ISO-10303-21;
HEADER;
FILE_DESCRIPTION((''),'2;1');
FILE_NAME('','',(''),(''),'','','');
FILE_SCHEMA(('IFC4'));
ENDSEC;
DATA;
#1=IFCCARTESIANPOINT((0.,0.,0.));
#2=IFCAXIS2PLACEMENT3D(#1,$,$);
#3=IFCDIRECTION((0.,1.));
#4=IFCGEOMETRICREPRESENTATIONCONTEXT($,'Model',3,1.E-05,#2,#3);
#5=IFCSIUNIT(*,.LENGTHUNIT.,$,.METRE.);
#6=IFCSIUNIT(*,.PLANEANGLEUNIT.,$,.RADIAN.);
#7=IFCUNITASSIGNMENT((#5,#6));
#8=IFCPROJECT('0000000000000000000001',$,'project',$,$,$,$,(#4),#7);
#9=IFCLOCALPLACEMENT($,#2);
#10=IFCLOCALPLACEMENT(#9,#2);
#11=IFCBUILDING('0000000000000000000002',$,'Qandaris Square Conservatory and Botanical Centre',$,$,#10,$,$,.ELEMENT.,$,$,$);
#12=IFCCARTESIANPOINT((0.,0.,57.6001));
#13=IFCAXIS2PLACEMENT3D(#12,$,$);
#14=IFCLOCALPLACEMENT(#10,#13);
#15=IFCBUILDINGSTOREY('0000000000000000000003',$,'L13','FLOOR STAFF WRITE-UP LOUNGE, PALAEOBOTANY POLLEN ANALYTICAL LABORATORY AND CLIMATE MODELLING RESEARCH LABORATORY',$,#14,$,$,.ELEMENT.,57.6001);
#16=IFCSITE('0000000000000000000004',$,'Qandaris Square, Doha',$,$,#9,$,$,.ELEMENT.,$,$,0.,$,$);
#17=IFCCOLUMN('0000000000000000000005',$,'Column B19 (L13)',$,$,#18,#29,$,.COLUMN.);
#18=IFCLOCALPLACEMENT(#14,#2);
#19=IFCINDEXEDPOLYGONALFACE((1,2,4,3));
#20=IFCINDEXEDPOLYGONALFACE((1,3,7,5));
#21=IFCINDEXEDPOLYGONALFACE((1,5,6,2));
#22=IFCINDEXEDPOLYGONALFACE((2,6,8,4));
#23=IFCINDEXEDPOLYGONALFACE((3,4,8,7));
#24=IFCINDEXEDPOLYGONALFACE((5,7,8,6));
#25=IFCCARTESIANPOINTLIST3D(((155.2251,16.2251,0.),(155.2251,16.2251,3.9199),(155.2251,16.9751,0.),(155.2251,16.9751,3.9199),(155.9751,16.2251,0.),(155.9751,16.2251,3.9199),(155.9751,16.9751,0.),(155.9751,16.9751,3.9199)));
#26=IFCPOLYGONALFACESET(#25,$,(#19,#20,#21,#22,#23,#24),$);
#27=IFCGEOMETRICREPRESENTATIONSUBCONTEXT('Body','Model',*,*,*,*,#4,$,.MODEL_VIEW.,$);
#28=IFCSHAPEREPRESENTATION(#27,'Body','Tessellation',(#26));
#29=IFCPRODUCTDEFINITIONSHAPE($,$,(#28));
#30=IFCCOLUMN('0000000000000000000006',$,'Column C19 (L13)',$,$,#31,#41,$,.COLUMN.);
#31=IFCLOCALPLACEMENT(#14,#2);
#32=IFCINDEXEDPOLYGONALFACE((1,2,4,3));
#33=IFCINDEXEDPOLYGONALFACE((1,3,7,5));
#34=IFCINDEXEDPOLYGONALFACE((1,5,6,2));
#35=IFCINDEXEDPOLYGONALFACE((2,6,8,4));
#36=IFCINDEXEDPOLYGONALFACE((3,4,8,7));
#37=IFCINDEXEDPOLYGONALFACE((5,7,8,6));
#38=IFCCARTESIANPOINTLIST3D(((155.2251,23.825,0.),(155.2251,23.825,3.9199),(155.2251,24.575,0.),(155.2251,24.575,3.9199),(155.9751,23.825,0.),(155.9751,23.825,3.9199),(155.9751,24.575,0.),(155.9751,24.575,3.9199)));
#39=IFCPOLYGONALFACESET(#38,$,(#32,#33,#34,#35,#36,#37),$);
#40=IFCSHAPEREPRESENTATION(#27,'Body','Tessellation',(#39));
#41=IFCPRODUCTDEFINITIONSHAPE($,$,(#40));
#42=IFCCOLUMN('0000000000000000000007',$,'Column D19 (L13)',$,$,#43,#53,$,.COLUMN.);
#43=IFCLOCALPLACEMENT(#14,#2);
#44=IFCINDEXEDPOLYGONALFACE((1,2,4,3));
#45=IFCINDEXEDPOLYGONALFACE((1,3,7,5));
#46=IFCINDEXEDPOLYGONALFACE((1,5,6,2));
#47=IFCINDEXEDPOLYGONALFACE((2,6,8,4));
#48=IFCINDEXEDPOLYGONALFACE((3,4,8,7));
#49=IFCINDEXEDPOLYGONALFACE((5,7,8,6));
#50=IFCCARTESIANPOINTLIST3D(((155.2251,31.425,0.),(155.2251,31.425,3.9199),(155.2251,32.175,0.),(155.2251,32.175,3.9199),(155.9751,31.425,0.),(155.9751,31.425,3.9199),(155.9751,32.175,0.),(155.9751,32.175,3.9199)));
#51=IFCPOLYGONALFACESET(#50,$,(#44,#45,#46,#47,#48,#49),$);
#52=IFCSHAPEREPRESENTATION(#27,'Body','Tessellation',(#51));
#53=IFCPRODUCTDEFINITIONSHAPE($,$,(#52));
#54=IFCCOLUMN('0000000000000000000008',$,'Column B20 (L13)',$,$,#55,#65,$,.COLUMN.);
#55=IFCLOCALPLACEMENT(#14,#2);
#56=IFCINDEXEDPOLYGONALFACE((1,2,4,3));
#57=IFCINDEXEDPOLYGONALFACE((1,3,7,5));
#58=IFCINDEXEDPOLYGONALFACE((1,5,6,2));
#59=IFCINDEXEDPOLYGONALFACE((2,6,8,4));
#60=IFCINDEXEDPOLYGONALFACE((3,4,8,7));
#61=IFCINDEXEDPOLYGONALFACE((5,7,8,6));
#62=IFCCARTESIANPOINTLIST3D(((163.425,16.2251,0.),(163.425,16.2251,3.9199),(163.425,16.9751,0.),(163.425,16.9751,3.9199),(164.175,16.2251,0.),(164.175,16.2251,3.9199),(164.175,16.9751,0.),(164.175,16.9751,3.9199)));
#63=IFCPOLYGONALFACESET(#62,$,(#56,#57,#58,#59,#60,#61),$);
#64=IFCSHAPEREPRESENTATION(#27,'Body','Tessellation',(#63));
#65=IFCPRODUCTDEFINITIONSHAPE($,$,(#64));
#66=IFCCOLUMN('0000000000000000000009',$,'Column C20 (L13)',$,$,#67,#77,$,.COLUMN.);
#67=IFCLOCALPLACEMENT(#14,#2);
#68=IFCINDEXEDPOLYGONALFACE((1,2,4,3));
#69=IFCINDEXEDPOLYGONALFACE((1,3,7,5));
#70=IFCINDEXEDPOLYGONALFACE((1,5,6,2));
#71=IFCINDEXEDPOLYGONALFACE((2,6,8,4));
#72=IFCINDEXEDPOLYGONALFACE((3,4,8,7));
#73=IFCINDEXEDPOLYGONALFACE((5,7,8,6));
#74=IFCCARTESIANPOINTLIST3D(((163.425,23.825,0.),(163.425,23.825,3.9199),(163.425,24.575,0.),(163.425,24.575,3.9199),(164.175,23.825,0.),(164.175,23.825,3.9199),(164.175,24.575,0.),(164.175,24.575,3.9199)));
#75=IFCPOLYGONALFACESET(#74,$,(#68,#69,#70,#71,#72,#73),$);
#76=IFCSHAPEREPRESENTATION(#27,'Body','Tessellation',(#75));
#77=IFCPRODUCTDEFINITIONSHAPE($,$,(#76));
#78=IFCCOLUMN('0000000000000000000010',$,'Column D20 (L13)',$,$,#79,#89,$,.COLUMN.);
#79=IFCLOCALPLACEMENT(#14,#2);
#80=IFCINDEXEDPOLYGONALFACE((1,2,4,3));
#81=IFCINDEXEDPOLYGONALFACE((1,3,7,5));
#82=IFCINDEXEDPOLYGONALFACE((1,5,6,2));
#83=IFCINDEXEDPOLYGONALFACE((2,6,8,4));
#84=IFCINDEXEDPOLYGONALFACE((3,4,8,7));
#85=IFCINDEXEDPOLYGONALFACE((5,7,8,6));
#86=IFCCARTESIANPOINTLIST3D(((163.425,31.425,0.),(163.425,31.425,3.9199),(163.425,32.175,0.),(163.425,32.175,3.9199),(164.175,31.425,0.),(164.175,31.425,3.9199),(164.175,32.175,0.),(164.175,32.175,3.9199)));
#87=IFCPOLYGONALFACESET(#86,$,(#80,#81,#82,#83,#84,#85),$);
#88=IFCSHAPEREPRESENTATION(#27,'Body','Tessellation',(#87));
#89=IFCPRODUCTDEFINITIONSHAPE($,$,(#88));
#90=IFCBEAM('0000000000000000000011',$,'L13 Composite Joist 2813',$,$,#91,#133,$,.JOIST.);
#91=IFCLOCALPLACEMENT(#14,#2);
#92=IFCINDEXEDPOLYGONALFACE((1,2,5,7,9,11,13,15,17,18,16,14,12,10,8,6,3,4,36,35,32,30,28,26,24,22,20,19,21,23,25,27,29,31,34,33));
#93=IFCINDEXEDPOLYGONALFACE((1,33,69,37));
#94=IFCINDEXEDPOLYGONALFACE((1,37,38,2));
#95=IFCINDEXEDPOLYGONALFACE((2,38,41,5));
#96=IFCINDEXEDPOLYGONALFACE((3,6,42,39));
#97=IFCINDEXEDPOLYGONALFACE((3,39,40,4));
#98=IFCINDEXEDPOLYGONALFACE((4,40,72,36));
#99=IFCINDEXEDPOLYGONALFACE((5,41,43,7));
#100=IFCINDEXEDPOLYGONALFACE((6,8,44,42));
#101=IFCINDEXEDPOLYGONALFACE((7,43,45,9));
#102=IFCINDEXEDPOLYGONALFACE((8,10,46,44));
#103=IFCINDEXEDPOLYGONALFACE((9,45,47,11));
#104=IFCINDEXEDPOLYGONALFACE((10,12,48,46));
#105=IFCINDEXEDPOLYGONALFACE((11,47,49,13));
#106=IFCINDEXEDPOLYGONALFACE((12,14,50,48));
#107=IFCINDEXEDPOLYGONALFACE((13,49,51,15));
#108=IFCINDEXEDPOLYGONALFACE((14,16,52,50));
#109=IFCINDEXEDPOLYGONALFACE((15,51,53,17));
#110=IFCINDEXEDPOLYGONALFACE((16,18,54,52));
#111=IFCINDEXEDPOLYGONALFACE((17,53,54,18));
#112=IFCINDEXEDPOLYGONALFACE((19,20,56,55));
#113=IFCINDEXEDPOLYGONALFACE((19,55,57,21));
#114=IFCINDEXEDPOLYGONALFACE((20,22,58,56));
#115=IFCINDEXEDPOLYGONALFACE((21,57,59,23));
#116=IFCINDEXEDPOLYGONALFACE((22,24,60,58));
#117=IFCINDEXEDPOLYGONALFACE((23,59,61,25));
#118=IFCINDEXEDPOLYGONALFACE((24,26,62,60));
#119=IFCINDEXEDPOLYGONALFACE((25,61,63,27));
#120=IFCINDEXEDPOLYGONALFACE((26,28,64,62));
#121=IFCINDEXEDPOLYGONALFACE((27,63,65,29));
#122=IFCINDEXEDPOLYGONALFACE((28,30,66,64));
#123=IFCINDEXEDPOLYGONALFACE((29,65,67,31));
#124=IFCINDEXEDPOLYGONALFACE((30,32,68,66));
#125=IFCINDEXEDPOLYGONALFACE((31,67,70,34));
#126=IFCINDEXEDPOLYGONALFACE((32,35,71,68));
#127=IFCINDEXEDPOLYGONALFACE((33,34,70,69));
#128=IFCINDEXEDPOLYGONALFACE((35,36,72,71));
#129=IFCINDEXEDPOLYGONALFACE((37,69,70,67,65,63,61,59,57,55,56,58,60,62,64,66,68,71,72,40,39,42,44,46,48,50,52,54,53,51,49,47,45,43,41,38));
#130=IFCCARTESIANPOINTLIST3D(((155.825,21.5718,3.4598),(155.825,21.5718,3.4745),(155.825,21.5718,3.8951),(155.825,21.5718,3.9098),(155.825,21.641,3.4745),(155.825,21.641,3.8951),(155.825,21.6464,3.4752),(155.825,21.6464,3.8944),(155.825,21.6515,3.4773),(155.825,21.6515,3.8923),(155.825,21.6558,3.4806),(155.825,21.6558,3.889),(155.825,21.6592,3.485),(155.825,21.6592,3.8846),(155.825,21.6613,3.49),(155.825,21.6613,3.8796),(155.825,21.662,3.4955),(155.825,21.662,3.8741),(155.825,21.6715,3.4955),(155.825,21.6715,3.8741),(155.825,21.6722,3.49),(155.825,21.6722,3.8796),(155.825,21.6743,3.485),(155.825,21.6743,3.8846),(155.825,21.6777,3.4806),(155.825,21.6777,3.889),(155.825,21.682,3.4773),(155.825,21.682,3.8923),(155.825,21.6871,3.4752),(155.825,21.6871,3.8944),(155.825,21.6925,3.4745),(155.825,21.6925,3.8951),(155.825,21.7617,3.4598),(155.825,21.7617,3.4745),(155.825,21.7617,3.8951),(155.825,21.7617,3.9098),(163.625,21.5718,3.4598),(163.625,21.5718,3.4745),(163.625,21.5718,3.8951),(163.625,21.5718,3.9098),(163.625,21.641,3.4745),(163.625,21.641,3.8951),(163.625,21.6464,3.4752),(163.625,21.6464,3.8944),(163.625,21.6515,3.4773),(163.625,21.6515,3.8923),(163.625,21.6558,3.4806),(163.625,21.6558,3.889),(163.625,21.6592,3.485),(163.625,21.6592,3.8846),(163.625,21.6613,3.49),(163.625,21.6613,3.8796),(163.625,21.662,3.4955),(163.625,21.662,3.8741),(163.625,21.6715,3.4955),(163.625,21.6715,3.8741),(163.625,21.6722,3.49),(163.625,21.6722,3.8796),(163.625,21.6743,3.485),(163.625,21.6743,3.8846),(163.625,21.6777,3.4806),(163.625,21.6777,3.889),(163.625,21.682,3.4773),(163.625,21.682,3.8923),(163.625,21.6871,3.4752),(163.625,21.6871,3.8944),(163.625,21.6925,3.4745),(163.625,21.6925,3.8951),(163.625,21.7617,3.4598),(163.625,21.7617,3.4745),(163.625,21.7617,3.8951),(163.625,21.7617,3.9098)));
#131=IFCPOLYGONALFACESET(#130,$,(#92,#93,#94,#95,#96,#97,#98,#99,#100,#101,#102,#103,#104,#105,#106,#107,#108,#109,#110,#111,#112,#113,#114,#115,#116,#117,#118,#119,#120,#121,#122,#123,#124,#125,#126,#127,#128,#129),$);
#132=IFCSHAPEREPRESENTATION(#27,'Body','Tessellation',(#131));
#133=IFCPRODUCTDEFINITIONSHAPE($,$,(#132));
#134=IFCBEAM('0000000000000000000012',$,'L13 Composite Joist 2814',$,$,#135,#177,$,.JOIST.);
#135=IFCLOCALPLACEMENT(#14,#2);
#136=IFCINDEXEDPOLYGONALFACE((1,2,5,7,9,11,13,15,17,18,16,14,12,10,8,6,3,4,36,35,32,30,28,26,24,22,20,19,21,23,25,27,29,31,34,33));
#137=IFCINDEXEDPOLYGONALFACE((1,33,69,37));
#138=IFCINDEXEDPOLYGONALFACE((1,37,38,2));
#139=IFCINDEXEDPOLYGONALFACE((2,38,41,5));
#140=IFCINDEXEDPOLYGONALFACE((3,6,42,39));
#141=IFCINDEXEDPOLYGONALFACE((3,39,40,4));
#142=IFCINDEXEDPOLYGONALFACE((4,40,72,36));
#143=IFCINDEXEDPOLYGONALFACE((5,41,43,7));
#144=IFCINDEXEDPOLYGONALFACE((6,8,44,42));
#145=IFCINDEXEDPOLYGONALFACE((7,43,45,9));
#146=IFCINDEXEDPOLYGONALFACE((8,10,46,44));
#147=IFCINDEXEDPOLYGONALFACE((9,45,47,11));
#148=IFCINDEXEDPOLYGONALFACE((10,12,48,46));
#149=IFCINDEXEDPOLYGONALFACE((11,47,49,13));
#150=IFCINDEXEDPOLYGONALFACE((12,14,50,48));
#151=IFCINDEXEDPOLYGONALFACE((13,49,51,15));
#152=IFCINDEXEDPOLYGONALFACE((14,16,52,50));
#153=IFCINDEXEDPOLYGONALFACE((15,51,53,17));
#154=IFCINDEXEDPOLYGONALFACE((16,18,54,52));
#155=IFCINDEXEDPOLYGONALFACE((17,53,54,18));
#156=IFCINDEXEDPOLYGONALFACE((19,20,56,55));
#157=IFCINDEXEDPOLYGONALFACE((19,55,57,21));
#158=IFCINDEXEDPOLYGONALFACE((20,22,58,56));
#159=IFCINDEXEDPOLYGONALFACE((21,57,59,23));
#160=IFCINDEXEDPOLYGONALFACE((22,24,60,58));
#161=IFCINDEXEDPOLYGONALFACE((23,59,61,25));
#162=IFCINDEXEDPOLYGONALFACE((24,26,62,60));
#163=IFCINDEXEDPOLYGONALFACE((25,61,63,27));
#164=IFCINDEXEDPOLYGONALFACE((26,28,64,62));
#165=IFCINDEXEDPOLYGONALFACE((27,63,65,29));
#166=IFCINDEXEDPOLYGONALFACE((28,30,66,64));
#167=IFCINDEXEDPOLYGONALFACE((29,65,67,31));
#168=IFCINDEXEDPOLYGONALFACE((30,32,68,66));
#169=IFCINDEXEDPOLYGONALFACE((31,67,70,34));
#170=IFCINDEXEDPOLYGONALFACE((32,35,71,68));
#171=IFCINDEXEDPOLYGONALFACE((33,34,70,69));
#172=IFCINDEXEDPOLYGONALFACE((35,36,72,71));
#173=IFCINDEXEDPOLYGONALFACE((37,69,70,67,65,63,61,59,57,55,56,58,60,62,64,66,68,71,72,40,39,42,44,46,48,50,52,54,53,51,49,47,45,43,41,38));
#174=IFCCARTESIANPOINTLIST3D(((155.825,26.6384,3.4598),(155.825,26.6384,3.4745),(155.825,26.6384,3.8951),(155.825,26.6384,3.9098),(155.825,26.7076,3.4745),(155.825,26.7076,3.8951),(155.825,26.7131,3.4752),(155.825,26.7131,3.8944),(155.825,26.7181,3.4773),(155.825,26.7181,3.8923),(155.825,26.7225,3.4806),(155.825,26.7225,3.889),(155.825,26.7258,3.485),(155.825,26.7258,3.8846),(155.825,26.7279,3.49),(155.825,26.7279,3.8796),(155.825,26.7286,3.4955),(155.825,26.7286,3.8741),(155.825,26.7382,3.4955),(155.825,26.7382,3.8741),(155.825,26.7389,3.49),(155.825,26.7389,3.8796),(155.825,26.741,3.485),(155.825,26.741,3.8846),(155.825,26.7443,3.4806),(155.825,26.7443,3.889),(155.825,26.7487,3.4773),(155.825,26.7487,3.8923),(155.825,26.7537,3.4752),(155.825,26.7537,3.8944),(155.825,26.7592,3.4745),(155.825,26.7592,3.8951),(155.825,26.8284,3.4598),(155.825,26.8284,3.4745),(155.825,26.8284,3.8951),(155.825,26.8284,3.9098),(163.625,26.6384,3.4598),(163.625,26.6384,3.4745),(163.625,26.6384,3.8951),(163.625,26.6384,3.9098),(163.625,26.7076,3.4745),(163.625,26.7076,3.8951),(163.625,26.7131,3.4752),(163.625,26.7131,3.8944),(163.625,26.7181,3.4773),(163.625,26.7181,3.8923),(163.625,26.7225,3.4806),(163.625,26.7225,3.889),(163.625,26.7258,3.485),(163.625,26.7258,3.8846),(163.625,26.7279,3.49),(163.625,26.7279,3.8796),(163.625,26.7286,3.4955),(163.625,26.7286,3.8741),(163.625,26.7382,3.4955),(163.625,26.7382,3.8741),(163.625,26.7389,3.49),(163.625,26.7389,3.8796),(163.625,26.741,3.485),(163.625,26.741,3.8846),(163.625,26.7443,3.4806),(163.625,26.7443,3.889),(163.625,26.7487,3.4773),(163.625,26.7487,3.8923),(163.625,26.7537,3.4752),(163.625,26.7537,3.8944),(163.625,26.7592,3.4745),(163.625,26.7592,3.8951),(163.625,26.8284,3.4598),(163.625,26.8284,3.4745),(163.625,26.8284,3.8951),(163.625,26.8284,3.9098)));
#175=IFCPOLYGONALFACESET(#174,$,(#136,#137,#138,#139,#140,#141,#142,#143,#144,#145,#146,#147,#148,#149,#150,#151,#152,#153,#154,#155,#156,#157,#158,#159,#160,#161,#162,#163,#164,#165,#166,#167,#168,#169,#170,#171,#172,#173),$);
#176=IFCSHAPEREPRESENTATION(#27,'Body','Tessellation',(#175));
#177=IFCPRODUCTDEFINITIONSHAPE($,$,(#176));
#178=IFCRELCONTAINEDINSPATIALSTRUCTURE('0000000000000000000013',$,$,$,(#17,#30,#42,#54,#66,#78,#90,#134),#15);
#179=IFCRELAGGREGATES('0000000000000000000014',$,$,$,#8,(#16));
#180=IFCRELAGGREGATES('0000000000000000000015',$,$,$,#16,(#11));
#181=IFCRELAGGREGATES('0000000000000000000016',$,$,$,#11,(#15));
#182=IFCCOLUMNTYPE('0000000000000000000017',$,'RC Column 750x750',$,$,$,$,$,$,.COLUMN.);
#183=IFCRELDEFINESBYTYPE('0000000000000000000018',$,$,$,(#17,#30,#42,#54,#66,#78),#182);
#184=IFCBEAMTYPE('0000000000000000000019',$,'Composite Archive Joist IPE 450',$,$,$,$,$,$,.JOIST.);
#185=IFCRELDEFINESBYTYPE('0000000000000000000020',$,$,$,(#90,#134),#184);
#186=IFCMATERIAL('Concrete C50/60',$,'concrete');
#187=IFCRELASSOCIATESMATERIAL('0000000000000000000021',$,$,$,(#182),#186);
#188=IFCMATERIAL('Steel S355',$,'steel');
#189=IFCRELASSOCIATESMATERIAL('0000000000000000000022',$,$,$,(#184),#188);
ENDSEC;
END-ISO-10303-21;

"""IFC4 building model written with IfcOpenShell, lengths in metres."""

from ifc_helpers import new_model, si_unit, direction, frame, origin, origin_2d, place, context, subcontext, project, spatial, rectangle, i_section, extrude, material, material_profile, profile_set, type_object, element, save


model = new_model("IFC4")

# Units and contexts
model_context = context("Model", 3, precision=1e-05, world=origin(), true_north=direction((0.0, 1.0)))
body_context = subcontext(model_context, "Body", "Model", "MODEL_VIEW")
ifc_project = project(units=[si_unit("LENGTHUNIT", "METRE"), si_unit("PLANEANGLEUNIT", "RADIAN")], contexts=[model_context])

# Site, building, storey
site_placement = place(None, origin())
site = spatial("IfcSite", under=ifc_project, at=site_placement, Name="Qandaris Square, Doha", CompositionType="ELEMENT", RefElevation=0.0)
building_placement = place(site_placement, origin())
building = spatial("IfcBuilding", under=site, at=building_placement, Name="Qandaris Square Conservatory and Botanical Centre", CompositionType="ELEMENT")
storey_placement = place(building_placement, frame((0.0, 0.0, 57.6001)))
storey = spatial("IfcBuildingStorey", under=building, at=storey_placement, Name="L13", Description="FLOOR STAFF WRITE-UP LOUNGE, PALAEOBOTANY POLLEN ANALYTICAL LABORATORY AND CLIMATE MODELLING RESEARCH LABORATORY", CompositionType="ELEMENT", Elevation=57.6001)

# Columns
ifc_material_1 = material(Name="Concrete C50/60", Category="concrete")
ifc_material_profile_1 = material_profile(ifc_material_1, rectangle(XDim=0.75, YDim=0.75, at=origin_2d()), Name="RC-COL 750x750")
ifc_profile_set_1 = profile_set([ifc_material_profile_1], Name="Concrete C50/60")
column_type = type_object("IfcColumnType", Name="RC Column 750x750", PredefinedType="COLUMN", material=ifc_profile_set_1)
for number, where, z_axis, x_axis, name in (
    (1, (155.6001, 16.6001, 0.0), (0.0, 0.0, 1.0), (1.0, 0.0, 0.0), "Column B19 (L13)"),
    (2, (155.6001, 24.2, 0.0), (0.0, 0.0, 1.0), (1.0, 0.0, 0.0), "Column C19 (L13)"),
    (3, (155.6001, 31.8, 0.0), (0.0, 0.0, 1.0), (1.0, 0.0, 0.0), "Column D19 (L13)"),
    (4, (163.8, 16.6001, 0.0), (0.0, 0.0, 1.0), (1.0, 0.0, 0.0), "Column B20 (L13)"),
    (5, (163.8, 24.2, 0.0), (0.0, 0.0, 1.0), (1.0, 0.0, 0.0), "Column C20 (L13)"),
    (6, (163.8, 31.8, 0.0), (0.0, 0.0, 1.0), (1.0, 0.0, 0.0), "Column D20 (L13)"),
):
    element("IfcColumn", number, at=place(storey_placement, frame(where, z_axis=z_axis, x_axis=x_axis)), inside=storey, type_object=column_type, Name=name, PredefinedType="COLUMN", context=body_context, shape_type="SweptSolid", body=[
        extrude(rectangle(XDim=0.75, YDim=0.75, at=origin_2d()), origin(), (0.0, 0.0, 1.0), 3.9199),
    ])

# Beams
ifc_material_2 = material(Name="Steel S355", Category="steel")
ifc_material_profile_2 = material_profile(ifc_material_2, i_section(OverallWidth=0.1899, OverallDepth=0.45, WebThickness=0.0095, FlangeThickness=0.0146, FilletRadius=0.021, at=origin_2d()), Name="IPE 450")
ifc_profile_set_2 = profile_set([ifc_material_profile_2], Name="Steel S355")
beam_type_1 = type_object("IfcBeamType", Name="Composite Archive Joist IPE 450", PredefinedType="JOIST", material=ifc_profile_set_2)
for number, where, z_axis, x_axis, name in (
    (7, (155.825, 21.6667, 3.6848), (1.0, 0.0, 0.0), (0.0, 1.0, 0.0), "L13 Composite Joist 2813"),
    (8, (155.825, 26.7334, 3.6848), (1.0, 0.0, 0.0), (0.0, 1.0, 0.0), "L13 Composite Joist 2814"),
):
    element("IfcBeam", number, at=place(storey_placement, frame(where, z_axis=z_axis, x_axis=x_axis)), inside=storey, type_object=beam_type_1, Name=name, PredefinedType="JOIST", context=body_context, shape_type="SweptSolid", body=[
        extrude(i_section(OverallWidth=0.1899, OverallDepth=0.45, WebThickness=0.0095, FlangeThickness=0.0146, FilletRadius=0.021, at=origin_2d()), origin(), (0.0, 0.0, 1.0), 7.8),
    ])

save(model, "model.ifc")
